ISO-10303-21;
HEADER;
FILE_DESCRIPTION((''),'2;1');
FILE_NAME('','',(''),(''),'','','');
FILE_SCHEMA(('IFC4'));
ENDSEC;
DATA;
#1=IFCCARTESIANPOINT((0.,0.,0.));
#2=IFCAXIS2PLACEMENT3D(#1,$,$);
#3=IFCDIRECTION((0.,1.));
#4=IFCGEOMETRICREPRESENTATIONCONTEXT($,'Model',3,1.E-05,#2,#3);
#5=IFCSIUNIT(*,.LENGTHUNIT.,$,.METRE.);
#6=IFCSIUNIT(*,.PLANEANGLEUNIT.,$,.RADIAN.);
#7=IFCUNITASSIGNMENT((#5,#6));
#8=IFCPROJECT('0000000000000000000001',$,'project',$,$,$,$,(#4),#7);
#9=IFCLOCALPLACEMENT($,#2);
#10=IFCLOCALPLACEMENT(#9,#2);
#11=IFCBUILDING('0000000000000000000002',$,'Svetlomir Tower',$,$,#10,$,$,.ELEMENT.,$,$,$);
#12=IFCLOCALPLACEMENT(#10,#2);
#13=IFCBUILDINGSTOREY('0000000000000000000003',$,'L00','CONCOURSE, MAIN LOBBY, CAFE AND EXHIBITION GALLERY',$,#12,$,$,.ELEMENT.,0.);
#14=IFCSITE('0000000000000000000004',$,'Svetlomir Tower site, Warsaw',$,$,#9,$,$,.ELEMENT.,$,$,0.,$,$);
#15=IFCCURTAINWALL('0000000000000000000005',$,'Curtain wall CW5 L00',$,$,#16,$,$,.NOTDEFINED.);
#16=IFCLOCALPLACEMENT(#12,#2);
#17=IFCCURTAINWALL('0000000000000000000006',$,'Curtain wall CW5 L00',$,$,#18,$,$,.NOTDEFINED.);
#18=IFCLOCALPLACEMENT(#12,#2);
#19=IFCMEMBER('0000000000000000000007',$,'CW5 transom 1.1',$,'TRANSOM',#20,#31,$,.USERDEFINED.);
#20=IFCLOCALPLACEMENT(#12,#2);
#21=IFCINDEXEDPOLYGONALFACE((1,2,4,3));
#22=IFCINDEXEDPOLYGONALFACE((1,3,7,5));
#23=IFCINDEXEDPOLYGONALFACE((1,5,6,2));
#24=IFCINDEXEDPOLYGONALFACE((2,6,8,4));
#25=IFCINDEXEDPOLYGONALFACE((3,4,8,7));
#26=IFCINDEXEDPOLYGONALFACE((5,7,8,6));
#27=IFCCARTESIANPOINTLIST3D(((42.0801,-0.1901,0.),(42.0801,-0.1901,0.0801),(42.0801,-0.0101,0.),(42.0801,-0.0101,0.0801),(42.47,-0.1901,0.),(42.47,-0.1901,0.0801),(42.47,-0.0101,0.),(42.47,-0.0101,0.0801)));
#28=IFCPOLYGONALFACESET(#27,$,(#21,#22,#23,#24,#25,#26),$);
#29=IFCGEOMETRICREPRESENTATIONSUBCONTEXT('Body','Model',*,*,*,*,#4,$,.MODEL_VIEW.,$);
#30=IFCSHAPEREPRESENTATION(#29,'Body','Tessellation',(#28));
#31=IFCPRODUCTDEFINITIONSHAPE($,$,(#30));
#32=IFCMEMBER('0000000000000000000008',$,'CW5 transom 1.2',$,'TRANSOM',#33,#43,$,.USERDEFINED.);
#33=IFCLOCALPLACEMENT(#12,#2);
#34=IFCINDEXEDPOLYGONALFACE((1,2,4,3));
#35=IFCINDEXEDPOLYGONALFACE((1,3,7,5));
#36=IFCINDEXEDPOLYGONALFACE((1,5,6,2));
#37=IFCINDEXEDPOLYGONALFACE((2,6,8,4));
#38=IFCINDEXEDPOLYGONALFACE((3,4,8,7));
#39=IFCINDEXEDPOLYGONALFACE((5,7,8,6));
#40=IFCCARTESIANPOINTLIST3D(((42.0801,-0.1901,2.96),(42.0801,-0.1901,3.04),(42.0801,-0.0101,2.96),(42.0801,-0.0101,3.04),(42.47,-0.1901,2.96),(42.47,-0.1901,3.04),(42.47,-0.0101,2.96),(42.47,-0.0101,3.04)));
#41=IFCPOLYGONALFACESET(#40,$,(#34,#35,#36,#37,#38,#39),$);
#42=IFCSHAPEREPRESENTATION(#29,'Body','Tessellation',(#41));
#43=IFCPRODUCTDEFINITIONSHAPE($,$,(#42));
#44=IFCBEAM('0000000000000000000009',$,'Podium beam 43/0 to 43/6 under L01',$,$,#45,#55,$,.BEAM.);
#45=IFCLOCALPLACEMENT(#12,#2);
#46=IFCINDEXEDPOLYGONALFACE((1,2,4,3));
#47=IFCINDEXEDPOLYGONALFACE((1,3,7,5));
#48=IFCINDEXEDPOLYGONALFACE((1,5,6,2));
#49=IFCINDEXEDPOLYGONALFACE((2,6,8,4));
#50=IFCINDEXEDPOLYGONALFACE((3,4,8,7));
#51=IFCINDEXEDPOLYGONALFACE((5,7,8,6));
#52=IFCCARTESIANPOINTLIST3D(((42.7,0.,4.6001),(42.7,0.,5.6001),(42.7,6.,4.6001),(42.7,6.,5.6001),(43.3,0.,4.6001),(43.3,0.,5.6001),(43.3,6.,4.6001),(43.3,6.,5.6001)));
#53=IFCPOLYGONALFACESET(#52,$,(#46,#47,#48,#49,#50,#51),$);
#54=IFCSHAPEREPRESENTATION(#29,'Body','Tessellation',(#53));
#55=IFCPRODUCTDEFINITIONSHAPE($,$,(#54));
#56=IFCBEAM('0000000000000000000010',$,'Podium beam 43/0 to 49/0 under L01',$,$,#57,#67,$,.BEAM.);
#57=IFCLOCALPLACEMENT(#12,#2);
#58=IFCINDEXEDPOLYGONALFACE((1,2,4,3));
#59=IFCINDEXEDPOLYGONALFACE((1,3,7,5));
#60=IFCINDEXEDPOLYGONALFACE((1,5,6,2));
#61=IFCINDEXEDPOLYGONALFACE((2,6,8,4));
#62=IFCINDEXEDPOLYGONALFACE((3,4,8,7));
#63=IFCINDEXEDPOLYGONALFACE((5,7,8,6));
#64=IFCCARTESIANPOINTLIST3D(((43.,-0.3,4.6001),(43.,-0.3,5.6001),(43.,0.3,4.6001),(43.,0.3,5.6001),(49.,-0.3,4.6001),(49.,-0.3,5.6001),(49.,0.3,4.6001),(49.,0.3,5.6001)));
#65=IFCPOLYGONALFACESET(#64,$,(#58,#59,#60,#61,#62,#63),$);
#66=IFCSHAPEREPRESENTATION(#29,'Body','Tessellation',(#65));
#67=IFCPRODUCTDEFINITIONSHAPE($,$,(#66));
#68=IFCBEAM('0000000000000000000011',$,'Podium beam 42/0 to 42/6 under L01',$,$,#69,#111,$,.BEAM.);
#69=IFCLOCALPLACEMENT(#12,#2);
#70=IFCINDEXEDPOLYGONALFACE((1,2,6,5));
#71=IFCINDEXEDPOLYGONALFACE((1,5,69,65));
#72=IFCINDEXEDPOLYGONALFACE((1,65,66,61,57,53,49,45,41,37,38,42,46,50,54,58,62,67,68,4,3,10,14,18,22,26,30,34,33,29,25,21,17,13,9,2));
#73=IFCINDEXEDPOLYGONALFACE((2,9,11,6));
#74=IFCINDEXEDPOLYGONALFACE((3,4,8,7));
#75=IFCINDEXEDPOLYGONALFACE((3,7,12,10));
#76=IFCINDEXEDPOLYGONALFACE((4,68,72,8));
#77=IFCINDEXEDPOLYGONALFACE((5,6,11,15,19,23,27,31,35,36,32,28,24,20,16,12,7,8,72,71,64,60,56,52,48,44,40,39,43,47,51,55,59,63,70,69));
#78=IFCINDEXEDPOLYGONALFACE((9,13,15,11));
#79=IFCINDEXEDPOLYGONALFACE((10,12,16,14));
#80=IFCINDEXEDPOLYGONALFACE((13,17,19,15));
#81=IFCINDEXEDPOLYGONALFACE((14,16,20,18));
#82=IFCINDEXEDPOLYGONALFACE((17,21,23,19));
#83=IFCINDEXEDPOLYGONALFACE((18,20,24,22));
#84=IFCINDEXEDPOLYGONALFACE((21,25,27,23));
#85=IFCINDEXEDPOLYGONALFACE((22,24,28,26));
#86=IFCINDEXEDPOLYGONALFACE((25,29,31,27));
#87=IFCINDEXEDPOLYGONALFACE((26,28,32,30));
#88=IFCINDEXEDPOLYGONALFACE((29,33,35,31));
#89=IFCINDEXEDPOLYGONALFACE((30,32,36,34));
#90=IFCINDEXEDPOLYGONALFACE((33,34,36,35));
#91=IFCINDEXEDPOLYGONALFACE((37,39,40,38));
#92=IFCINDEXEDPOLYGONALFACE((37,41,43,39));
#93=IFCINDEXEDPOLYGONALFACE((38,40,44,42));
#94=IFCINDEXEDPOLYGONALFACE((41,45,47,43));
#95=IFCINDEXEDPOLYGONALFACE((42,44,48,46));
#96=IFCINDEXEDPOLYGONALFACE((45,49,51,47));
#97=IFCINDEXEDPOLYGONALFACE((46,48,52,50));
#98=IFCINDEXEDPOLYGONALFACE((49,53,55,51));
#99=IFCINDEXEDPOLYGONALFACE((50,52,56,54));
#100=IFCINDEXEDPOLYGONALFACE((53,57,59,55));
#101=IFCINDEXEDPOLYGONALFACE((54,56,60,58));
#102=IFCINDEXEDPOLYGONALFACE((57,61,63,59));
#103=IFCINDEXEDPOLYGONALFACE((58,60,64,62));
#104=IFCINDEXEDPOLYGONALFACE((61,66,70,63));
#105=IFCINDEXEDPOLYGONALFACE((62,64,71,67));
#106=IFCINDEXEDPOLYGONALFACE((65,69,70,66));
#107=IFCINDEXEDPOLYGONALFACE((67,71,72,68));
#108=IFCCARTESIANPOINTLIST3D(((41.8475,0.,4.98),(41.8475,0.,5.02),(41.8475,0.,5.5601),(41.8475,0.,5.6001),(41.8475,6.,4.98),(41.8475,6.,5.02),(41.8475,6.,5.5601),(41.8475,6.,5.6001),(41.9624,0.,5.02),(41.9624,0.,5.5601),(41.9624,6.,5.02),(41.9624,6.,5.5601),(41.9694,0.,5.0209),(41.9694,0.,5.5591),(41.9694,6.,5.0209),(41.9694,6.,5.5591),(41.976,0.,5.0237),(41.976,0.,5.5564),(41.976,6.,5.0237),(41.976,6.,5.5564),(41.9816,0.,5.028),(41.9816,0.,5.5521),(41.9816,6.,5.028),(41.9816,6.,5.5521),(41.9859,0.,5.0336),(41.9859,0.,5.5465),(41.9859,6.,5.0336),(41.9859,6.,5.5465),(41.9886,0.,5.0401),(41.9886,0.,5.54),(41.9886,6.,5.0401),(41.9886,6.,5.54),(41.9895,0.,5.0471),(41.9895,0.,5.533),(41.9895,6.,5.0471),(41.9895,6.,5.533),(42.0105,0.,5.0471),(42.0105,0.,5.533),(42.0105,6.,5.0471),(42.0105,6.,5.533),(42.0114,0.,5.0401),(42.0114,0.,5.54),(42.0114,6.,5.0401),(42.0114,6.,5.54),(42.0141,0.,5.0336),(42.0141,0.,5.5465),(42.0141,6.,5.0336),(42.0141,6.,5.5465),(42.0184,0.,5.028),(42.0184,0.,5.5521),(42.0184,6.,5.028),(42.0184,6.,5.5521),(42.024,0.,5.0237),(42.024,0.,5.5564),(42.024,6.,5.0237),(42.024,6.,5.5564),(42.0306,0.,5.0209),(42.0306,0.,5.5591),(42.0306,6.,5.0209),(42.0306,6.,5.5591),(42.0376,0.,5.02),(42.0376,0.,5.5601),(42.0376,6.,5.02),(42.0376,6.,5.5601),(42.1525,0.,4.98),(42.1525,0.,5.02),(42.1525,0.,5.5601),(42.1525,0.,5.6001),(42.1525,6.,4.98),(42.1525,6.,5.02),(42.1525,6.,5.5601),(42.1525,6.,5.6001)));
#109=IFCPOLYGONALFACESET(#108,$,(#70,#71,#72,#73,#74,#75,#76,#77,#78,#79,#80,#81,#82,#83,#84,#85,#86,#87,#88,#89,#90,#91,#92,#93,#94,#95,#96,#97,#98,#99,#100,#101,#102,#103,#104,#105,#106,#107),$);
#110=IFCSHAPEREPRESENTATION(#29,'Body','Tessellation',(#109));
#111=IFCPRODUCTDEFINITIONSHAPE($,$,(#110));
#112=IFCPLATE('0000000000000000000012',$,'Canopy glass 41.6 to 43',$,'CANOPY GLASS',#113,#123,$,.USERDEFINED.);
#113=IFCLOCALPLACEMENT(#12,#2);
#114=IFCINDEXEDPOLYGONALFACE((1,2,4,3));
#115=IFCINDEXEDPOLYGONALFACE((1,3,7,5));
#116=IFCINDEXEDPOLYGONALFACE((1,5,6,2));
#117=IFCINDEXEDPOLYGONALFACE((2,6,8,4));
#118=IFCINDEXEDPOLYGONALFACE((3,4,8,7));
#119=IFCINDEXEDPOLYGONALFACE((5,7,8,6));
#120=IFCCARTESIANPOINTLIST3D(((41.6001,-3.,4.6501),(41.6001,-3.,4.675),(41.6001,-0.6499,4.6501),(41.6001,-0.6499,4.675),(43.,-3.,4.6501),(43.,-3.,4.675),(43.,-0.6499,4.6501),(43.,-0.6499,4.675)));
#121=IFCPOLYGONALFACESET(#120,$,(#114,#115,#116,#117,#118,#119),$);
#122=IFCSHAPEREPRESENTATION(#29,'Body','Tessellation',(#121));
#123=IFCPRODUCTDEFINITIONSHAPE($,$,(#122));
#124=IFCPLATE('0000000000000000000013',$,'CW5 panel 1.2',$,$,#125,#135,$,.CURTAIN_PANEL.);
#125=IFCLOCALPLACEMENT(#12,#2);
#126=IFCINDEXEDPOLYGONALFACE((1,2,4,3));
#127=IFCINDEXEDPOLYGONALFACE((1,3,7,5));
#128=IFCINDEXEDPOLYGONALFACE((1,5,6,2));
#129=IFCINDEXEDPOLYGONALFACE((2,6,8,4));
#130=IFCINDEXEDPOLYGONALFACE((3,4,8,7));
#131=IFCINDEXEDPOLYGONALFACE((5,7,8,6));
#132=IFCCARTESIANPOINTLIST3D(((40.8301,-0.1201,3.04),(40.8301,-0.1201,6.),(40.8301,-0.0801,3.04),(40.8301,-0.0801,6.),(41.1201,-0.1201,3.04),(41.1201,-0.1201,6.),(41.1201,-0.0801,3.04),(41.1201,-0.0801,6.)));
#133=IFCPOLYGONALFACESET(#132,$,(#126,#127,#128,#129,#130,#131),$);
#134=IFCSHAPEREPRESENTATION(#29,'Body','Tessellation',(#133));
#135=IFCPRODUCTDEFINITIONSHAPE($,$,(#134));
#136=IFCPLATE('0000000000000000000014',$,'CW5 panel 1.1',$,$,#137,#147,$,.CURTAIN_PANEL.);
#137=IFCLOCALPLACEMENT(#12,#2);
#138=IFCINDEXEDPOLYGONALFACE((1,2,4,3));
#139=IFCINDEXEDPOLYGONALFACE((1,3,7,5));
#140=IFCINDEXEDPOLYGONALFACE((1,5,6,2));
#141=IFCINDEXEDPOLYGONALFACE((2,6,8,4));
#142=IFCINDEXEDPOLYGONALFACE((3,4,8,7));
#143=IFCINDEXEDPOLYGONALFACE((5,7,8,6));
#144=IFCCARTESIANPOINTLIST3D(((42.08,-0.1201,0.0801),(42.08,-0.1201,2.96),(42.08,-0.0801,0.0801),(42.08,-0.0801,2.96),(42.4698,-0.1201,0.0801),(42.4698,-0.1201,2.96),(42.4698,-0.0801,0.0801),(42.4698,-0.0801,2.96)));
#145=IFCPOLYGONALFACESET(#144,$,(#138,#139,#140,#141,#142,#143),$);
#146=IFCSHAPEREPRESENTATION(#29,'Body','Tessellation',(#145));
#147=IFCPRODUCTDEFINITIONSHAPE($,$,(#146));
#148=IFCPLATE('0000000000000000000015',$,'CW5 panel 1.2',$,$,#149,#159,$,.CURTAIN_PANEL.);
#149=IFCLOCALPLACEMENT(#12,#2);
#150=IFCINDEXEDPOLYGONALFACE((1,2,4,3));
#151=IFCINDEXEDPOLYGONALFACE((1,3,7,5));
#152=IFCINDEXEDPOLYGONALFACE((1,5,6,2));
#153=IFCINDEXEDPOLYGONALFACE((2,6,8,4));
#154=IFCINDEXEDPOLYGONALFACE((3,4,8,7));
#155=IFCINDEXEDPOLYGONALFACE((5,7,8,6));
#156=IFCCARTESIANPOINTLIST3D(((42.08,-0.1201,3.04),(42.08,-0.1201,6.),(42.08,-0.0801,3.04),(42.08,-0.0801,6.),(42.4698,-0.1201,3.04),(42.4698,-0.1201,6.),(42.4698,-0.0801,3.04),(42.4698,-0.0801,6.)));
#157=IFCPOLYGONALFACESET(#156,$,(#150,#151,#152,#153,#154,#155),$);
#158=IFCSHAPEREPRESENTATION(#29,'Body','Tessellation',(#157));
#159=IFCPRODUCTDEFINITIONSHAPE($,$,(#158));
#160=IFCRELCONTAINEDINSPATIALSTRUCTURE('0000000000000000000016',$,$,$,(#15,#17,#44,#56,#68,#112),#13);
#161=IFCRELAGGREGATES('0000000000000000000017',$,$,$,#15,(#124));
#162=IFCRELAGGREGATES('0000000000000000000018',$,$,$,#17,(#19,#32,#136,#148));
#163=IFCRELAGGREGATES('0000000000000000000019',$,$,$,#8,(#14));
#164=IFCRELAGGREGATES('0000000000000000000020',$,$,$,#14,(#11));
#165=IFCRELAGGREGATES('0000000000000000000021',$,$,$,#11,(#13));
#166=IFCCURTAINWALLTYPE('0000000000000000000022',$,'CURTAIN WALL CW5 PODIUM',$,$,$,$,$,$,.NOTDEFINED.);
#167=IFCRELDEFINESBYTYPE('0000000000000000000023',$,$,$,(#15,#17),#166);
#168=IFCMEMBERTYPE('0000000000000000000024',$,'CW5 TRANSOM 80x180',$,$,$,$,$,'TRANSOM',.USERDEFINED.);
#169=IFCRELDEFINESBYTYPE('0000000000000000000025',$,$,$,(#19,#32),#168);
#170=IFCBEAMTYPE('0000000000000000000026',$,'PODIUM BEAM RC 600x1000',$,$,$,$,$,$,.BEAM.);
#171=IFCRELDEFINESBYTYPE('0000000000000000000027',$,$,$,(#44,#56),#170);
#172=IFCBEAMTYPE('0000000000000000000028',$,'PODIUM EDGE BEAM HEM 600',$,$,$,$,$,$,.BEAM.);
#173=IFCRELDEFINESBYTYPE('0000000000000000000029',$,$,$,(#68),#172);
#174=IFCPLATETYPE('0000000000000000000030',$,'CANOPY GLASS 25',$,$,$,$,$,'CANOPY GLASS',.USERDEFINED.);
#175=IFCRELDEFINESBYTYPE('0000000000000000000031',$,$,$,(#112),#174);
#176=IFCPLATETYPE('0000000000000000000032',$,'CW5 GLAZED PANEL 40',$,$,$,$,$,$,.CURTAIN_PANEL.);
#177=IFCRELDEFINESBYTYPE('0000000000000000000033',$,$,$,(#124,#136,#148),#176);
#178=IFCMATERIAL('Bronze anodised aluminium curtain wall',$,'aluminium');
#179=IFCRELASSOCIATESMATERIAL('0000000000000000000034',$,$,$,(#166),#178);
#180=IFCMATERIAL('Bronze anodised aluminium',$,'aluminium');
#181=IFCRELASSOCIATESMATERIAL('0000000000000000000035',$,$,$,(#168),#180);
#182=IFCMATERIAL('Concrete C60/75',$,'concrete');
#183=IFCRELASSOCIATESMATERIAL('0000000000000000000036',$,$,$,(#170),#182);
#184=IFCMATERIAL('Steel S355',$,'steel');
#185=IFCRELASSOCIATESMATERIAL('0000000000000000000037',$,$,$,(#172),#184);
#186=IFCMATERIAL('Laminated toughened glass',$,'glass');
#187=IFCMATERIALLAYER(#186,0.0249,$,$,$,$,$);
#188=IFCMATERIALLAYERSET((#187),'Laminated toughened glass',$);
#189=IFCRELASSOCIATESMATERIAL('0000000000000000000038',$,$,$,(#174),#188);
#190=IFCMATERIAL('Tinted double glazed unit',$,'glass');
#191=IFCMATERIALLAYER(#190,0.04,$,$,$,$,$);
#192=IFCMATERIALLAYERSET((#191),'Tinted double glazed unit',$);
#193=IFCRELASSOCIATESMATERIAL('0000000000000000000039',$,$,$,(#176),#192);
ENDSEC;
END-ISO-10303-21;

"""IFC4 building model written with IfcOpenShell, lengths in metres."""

from ifc_helpers import new_model, si_unit, direction, frame, origin, origin_2d, place, context, subcontext, project, spatial, rectangle, i_section, extrude, material, layer, layer_set, material_profile, profile_set, type_object, element, aggregate, save


model = new_model("IFC4")

# Units and contexts
model_context = context("Model", 3, precision=1e-05, world=origin(), true_north=direction((0.0, 1.0)))
body_context = subcontext(model_context, "Body", "Model", "MODEL_VIEW")
ifc_project = project(units=[si_unit("LENGTHUNIT", "METRE"), si_unit("PLANEANGLEUNIT", "RADIAN")], contexts=[model_context])

# Site, building, storey
site_placement = place(None, origin())
site = spatial("IfcSite", under=ifc_project, at=site_placement, Name="Svetlomir Tower site, Warsaw", CompositionType="ELEMENT", RefElevation=0.0)
building_placement = place(site_placement, origin())
building = spatial("IfcBuilding", under=site, at=building_placement, Name="Svetlomir Tower", CompositionType="ELEMENT")
storey_placement = place(building_placement, origin())
storey = spatial("IfcBuildingStorey", under=building, at=storey_placement, Name="L00", Description="CONCOURSE, MAIN LOBBY, CAFE AND EXHIBITION GALLERY", CompositionType="ELEMENT", Elevation=0.0)

# Curtain wall
ifc_material_1 = material(Name="Bronze anodised aluminium curtain wall", Category="aluminium")
curtain_wall_type = type_object("IfcCurtainWallType", Name="CURTAIN WALL CW5 PODIUM", PredefinedType="NOTDEFINED", material=ifc_material_1)
curtain_wall_1_placement = place(storey_placement, origin())
curtain_wall_1 = element("IfcCurtainWall", 1, at=curtain_wall_1_placement, inside=storey, type_object=curtain_wall_type, Name="Curtain wall CW5 L00", PredefinedType="NOTDEFINED")

# Curtain wall, members
curtain_wall_2_placement = place(storey_placement, origin())
curtain_wall_2 = element("IfcCurtainWall", 2, at=curtain_wall_2_placement, inside=storey, type_object=curtain_wall_type, Name="Curtain wall CW5 L00", PredefinedType="NOTDEFINED")
ifc_material_2 = material(Name="Bronze anodised aluminium", Category="aluminium")
ifc_material_profile_1 = material_profile(ifc_material_2, rectangle(XDim=0.1799, YDim=0.0801, at=origin_2d()), Name="AL 180x80")
ifc_profile_set_1 = profile_set([ifc_material_profile_1], Name="Bronze anodised aluminium 6063-T6")
member_type_1 = type_object("IfcMemberType", Name="CW5 TRANSOM 80x180", ElementType="TRANSOM", PredefinedType="USERDEFINED", material=ifc_profile_set_1)
member_1_placement = place(storey_placement, frame((42.0801, -0.1001, 0.04), z_axis=(1.0, 0.0, 0.0), x_axis=(0.0, 1.0, 0.0)))
member_1 = element("IfcMember", 3, at=member_1_placement, type_object=member_type_1, Name="CW5 transom 1.1", ObjectType="TRANSOM", PredefinedType="USERDEFINED", context=body_context, shape_type="SweptSolid", body=[
    extrude(rectangle(XDim=0.1799, YDim=0.0801, at=origin_2d()), origin(), (0.0, 0.0, 1.0), 0.3899),
])
member_2_placement = place(storey_placement, frame((42.0801, -0.1001, 3.0), z_axis=(1.0, 0.0, 0.0), x_axis=(0.0, 1.0, 0.0)))
member_2 = element("IfcMember", 4, at=member_2_placement, type_object=member_type_1, Name="CW5 transom 1.2", ObjectType="TRANSOM", PredefinedType="USERDEFINED", context=body_context, shape_type="SweptSolid", body=[
    extrude(rectangle(XDim=0.1799, YDim=0.0801, at=origin_2d()), origin(), (0.0, 0.0, 1.0), 0.3899),
])

# Beams
ifc_material_3 = material(Name="Concrete C60/75", Category="concrete")
ifc_material_profile_2 = material_profile(ifc_material_3, rectangle(XDim=0.6001, YDim=1.0, at=origin_2d()), Name="RC 600x1000")
ifc_profile_set_2 = profile_set([ifc_material_profile_2], Name="Concrete C60/75")
beam_type_1 = type_object("IfcBeamType", Name="PODIUM BEAM RC 600x1000", PredefinedType="BEAM", material=ifc_profile_set_2)
for number, where, z_axis, x_axis, name in (
    (5, (43.0, 0.0, 5.1001), (0.0, 1.0, 0.0), (-1.0, 0.0, 0.0), "Podium beam 43/0 to 43/6 under L01"),
    (6, (43.0, 0.0, 5.1001), (1.0, 0.0, 0.0), (0.0, 1.0, 0.0), "Podium beam 43/0 to 49/0 under L01"),
):
    element("IfcBeam", number, at=place(storey_placement, frame(where, z_axis=z_axis, x_axis=x_axis)), inside=storey, type_object=beam_type_1, Name=name, PredefinedType="BEAM", context=body_context, shape_type="SweptSolid", body=[
        extrude(rectangle(XDim=0.6001, YDim=1.0, at=origin_2d()), origin(), (0.0, 0.0, 1.0), 6.0),
    ])
ifc_material_4 = material(Name="Steel S355", Category="steel")
ifc_material_profile_3 = material_profile(ifc_material_4, i_section(OverallWidth=0.3049, OverallDepth=0.6201, WebThickness=0.021, FlangeThickness=0.04, FilletRadius=0.0271, at=origin_2d()), Name="HEM 600")
ifc_profile_set_3 = profile_set([ifc_material_profile_3], Name="Steel S355")
beam_type_2 = type_object("IfcBeamType", Name="PODIUM EDGE BEAM HEM 600", PredefinedType="BEAM", material=ifc_profile_set_3)
beam_1_placement = place(storey_placement, frame((42.0, 0.0, 5.29), z_axis=(0.0, 1.0, 0.0), x_axis=(-1.0, 0.0, 0.0)))
element("IfcBeam", 7, at=beam_1_placement, inside=storey, type_object=beam_type_2, Name="Podium beam 42/0 to 42/6 under L01", PredefinedType="BEAM", context=body_context, shape_type="SweptSolid", body=[
    extrude(i_section(OverallWidth=0.3049, OverallDepth=0.6201, WebThickness=0.021, FlangeThickness=0.04, FilletRadius=0.0271, at=origin_2d()), origin(), (0.0, 0.0, 1.0), 6.0),
])

# Plates
ifc_material_5 = material(Name="Laminated toughened glass", Category="glass")
ifc_layer_1 = layer(ifc_material_5, 0.0249)
ifc_layer_set_1 = layer_set([ifc_layer_1], Name="Laminated toughened glass")
plate_type_1 = type_object("IfcPlateType", Name="CANOPY GLASS 25", ElementType="CANOPY GLASS", PredefinedType="USERDEFINED", material=ifc_layer_set_1)
plate_1_placement = place(storey_placement, frame((42.3, -1.825, 4.6501), z_axis=(0.0, 0.0, 1.0), x_axis=(1.0, 0.0, 0.0)))
element("IfcPlate", 8, at=plate_1_placement, inside=storey, type_object=plate_type_1, Name="Canopy glass 41.6 to 43", ObjectType="CANOPY GLASS", PredefinedType="USERDEFINED", context=body_context, shape_type="SweptSolid", body=[
    extrude(rectangle(XDim=1.3999, YDim=2.3501, at=origin_2d()), origin(), (0.0, 0.0, 1.0), 0.0249),
])
ifc_material_6 = material(Name="Tinted double glazed unit", Category="glass")
ifc_layer_2 = layer(ifc_material_6, 0.04)
ifc_layer_set_2 = layer_set([ifc_layer_2], Name="Tinted double glazed unit")
plate_type_2 = type_object("IfcPlateType", Name="CW5 GLAZED PANEL 40", PredefinedType="CURTAIN_PANEL", material=ifc_layer_set_2)
plate_2_placement = place(storey_placement, frame((40.9751, -0.1001, 3.04), z_axis=(0.0, 0.0, 1.0), x_axis=(1.0, 0.0, 0.0)))
plate_2 = element("IfcPlate", 9, at=plate_2_placement, type_object=plate_type_2, Name="CW5 panel 1.2", PredefinedType="CURTAIN_PANEL", context=body_context, shape_type="SweptSolid", body=[
    extrude(rectangle(XDim=0.29, YDim=0.04, at=origin_2d()), origin(), (0.0, 0.0, 1.0), 2.96),
])
aggregate(curtain_wall_1, [plate_2])
plate_3_placement = place(storey_placement, frame((42.2749, -0.1001, 0.0801), z_axis=(0.0, 0.0, 1.0), x_axis=(1.0, 0.0, 0.0)))
plate_3 = element("IfcPlate", 10, at=plate_3_placement, type_object=plate_type_2, Name="CW5 panel 1.1", PredefinedType="CURTAIN_PANEL", context=body_context, shape_type="SweptSolid", body=[
    extrude(rectangle(XDim=0.3899, YDim=0.04, at=origin_2d()), origin(), (0.0, 0.0, 1.0), 2.8799),
])
plate_4_placement = place(storey_placement, frame((42.2749, -0.1001, 3.04), z_axis=(0.0, 0.0, 1.0), x_axis=(1.0, 0.0, 0.0)))
plate_4 = element("IfcPlate", 11, at=plate_4_placement, type_object=plate_type_2, Name="CW5 panel 1.2", PredefinedType="CURTAIN_PANEL", context=body_context, shape_type="SweptSolid", body=[
    extrude(rectangle(XDim=0.3899, YDim=0.04, at=origin_2d()), origin(), (0.0, 0.0, 1.0), 2.96),
])
aggregate(curtain_wall_2, [member_1, member_2, plate_3, plate_4])

save(model, "model.ifc")
